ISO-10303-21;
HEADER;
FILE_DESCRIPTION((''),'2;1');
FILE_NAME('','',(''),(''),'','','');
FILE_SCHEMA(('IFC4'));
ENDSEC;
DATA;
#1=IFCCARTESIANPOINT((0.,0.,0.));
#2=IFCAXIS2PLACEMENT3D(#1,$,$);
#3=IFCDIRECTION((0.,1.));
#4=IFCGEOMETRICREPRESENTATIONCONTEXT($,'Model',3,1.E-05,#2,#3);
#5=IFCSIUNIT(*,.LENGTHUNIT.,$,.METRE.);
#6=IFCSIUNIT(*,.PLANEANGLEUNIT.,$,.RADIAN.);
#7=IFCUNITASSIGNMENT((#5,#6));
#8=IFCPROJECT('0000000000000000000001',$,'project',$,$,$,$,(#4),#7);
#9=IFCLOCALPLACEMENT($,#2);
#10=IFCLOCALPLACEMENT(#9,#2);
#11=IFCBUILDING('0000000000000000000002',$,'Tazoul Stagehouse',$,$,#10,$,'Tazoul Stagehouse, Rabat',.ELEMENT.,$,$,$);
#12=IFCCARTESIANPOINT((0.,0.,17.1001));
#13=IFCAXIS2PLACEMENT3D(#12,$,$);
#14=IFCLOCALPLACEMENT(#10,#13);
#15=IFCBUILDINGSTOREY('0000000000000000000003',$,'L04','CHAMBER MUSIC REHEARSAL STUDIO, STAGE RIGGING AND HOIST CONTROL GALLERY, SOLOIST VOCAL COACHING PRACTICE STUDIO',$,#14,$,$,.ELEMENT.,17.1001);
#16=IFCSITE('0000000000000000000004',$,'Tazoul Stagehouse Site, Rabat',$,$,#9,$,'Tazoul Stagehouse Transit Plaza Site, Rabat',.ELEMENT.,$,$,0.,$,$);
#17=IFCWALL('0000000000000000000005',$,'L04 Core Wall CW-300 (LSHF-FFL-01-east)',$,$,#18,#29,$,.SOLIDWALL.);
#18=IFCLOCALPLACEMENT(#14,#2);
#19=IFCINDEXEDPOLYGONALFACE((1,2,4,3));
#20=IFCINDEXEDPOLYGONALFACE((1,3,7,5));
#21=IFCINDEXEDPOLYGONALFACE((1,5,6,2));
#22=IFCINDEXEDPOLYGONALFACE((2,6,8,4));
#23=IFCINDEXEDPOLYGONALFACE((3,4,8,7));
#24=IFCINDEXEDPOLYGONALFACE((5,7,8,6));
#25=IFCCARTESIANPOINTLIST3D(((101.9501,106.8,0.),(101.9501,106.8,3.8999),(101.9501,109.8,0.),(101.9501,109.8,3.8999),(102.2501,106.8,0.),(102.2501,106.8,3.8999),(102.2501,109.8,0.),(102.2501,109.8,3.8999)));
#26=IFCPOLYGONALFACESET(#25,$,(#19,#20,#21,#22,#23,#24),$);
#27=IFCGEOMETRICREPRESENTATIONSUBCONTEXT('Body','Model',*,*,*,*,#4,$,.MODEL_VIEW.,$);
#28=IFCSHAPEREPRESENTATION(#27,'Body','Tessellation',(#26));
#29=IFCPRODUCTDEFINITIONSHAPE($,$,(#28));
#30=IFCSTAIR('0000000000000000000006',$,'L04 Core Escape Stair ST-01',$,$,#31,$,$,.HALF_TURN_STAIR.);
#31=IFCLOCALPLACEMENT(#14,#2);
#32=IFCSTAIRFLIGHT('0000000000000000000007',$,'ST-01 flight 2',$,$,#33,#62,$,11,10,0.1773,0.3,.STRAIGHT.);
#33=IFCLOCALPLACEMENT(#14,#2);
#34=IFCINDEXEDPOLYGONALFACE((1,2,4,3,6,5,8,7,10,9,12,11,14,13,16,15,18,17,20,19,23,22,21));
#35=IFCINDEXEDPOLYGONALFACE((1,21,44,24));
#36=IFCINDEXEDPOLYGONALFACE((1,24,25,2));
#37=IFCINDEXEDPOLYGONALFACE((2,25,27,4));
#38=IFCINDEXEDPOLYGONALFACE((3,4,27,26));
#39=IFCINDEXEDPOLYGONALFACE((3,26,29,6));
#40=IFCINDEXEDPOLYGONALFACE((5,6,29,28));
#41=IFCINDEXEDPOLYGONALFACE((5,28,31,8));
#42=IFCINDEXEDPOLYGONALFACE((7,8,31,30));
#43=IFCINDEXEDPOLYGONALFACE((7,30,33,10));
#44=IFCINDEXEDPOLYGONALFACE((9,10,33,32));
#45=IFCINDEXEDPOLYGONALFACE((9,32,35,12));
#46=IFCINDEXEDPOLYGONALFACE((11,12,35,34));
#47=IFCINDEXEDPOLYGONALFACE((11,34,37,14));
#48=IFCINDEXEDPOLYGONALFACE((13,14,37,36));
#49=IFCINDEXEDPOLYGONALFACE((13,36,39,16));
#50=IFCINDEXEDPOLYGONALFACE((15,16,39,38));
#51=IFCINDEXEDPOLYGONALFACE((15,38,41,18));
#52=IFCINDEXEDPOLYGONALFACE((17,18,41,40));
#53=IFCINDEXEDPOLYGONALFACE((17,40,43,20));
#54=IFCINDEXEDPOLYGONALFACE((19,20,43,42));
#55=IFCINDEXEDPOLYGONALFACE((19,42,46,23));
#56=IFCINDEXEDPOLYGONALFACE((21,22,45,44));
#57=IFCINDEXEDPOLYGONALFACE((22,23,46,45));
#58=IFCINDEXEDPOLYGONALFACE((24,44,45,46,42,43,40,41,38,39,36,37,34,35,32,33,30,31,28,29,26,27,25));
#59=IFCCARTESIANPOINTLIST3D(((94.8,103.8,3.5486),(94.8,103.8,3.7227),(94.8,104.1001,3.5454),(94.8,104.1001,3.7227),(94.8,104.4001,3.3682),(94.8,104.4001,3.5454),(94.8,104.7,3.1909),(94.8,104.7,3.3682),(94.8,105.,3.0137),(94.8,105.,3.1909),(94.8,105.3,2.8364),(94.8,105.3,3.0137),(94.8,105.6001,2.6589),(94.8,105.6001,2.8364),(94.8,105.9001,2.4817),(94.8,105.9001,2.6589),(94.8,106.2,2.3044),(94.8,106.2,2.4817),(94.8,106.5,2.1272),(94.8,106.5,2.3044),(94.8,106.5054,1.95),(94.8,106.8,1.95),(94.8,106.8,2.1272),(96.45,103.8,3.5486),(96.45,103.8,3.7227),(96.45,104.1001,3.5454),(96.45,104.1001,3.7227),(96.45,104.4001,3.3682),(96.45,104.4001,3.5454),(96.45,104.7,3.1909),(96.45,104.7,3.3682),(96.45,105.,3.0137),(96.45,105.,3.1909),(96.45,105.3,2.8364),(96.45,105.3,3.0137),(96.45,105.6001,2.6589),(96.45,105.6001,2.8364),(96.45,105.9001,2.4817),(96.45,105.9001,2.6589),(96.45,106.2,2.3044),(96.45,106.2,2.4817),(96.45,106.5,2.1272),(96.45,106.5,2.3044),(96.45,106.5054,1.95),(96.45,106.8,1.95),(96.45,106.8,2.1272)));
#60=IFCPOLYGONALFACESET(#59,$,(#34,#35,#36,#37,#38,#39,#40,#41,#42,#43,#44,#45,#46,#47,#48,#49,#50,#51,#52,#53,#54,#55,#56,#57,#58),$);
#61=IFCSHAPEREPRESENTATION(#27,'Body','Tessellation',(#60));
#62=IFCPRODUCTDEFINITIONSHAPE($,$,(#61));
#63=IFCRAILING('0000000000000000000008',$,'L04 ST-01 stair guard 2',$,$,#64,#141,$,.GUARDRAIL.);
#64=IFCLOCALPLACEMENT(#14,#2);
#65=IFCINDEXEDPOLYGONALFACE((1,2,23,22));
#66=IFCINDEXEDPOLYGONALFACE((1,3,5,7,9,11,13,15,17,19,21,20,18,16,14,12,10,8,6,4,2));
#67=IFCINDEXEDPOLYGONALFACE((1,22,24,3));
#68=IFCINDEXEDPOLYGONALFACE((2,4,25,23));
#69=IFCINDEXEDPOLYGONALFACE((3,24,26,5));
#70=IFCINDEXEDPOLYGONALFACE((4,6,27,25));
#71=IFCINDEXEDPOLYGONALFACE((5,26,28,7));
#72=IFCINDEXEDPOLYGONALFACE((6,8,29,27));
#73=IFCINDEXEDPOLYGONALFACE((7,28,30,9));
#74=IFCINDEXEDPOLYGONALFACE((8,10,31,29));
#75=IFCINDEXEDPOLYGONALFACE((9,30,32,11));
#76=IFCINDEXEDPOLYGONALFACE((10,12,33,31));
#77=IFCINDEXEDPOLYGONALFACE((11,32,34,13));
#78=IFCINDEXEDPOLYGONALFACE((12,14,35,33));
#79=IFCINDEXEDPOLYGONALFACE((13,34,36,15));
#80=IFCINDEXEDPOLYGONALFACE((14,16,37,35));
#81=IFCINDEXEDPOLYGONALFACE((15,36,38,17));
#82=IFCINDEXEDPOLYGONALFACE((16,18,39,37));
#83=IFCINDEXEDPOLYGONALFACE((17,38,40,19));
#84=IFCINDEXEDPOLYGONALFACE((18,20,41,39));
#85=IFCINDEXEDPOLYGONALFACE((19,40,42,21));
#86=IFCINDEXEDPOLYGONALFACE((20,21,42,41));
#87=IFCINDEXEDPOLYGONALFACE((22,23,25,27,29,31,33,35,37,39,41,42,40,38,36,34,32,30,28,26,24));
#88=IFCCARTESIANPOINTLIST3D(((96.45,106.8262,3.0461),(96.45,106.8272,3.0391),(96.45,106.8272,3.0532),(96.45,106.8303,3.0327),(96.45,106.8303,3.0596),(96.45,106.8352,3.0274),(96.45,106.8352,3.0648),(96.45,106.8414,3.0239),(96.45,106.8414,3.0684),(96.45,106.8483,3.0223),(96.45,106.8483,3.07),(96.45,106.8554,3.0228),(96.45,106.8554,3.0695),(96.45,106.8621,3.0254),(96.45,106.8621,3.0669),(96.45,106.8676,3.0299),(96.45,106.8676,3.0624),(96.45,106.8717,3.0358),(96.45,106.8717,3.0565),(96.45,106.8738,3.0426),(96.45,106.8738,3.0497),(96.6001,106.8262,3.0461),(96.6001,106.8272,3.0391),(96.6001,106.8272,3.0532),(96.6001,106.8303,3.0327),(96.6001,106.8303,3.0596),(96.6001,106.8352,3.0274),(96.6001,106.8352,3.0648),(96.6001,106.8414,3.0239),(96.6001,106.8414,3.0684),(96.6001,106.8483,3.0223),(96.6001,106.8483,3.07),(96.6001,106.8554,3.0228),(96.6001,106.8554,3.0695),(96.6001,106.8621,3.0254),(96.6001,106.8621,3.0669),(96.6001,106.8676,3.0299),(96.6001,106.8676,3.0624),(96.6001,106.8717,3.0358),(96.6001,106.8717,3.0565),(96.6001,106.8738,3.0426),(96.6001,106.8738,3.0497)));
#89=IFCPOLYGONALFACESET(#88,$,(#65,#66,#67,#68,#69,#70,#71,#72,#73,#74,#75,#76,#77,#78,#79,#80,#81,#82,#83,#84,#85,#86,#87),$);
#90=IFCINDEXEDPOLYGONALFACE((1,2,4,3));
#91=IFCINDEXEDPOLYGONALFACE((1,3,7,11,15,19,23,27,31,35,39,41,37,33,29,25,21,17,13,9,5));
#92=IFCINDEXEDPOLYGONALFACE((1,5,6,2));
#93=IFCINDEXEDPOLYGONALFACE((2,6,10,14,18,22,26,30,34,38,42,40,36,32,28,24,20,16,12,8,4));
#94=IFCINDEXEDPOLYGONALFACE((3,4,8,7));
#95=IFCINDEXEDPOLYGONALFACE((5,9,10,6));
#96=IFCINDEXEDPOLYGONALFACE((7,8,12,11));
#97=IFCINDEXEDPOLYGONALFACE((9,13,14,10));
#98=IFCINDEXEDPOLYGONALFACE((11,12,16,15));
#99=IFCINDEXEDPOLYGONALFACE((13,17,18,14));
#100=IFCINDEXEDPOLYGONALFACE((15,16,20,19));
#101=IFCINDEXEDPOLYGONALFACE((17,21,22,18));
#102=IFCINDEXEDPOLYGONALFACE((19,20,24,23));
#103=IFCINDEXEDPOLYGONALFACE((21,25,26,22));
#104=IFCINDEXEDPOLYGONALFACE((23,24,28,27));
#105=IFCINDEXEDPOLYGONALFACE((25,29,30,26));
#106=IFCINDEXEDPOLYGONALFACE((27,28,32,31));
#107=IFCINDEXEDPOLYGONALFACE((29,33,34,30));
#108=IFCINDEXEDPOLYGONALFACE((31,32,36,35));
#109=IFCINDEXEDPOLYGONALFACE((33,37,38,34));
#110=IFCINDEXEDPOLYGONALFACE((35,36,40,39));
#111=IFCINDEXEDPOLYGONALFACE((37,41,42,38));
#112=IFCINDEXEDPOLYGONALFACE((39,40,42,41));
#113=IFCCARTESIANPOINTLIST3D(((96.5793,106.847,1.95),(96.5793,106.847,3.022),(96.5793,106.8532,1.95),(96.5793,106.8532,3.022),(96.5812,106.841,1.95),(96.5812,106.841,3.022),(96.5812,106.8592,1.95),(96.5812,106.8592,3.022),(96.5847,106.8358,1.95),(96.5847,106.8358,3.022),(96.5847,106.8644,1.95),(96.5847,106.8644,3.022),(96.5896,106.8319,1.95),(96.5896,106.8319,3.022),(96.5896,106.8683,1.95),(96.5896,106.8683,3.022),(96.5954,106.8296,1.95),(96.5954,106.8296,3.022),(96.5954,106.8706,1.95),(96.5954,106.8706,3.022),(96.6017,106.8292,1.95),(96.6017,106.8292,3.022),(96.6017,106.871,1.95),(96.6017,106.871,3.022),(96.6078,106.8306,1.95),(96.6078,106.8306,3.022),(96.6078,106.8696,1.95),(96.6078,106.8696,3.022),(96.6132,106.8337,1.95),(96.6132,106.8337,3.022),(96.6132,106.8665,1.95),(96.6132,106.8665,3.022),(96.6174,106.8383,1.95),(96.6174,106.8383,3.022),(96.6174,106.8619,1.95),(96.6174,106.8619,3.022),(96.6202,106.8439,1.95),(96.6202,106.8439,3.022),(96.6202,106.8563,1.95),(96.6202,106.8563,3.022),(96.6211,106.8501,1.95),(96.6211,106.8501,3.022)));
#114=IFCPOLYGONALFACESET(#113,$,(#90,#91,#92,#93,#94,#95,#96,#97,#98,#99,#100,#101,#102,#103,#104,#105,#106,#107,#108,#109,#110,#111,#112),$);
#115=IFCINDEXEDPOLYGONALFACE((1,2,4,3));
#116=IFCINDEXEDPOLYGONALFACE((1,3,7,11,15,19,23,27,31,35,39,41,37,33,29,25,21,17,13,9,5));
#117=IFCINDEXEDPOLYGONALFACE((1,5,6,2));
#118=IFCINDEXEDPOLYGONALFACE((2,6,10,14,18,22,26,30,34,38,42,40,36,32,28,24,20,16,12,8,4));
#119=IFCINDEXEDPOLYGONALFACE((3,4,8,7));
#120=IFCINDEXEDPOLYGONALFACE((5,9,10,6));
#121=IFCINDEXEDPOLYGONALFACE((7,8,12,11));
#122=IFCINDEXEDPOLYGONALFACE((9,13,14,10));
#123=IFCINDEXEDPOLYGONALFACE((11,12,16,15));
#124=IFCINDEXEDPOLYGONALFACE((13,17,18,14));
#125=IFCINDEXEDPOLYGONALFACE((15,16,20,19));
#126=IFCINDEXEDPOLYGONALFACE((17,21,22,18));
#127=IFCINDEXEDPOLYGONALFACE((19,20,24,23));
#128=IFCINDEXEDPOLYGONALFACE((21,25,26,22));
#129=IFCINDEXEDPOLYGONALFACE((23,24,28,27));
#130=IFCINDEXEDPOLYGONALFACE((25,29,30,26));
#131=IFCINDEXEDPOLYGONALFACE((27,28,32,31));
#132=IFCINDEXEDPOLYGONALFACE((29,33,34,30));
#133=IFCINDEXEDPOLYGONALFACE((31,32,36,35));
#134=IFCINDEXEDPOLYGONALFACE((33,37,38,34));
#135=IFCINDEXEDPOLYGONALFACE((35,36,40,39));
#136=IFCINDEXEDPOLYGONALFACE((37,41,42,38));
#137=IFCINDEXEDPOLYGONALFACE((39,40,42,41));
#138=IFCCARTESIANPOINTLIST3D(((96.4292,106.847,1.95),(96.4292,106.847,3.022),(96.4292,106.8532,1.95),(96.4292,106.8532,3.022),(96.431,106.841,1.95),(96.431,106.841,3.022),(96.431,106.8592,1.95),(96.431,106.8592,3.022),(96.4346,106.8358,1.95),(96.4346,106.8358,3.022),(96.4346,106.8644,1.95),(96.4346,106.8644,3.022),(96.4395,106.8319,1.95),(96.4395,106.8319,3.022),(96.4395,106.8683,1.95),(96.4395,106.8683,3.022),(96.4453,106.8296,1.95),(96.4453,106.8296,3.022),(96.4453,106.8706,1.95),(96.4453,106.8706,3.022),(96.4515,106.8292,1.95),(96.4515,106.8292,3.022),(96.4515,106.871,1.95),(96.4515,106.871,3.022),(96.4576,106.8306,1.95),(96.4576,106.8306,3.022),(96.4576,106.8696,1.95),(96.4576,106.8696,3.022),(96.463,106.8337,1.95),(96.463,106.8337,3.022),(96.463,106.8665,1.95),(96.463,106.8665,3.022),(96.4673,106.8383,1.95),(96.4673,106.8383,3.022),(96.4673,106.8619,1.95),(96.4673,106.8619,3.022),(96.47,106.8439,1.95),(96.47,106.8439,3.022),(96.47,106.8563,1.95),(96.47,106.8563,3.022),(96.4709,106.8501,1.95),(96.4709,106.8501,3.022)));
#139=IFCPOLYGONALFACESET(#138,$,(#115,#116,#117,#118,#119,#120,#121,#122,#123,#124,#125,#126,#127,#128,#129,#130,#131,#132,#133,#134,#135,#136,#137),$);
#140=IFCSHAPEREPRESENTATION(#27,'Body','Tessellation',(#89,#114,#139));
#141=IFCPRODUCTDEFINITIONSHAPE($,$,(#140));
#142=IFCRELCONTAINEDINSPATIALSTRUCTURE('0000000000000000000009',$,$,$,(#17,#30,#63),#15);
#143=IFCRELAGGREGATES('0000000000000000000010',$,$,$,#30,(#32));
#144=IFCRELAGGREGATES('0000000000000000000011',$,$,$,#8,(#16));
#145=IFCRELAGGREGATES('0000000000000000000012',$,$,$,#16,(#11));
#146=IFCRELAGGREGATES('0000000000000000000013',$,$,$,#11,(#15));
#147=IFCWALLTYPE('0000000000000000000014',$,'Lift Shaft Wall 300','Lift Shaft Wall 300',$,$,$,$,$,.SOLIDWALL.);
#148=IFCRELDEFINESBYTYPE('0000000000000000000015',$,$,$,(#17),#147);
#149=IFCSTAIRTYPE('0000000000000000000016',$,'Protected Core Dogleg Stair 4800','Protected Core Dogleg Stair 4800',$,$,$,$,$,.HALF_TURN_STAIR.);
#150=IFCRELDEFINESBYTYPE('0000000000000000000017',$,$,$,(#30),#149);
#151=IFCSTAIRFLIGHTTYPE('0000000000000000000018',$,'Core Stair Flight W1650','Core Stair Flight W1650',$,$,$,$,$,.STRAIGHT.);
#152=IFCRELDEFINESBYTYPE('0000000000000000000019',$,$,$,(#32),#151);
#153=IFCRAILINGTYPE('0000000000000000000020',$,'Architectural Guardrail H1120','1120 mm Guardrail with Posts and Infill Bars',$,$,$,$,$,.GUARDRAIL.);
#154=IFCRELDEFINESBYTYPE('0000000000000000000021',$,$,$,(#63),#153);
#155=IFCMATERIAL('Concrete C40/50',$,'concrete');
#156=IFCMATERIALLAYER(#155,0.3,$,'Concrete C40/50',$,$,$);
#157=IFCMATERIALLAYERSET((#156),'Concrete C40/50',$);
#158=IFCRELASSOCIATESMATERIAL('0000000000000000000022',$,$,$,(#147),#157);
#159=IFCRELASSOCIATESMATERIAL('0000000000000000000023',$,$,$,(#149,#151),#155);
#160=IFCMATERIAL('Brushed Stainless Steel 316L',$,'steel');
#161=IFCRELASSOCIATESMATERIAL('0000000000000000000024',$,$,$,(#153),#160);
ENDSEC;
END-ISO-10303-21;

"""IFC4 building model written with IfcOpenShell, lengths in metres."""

from ifc_helpers import new_model, si_unit, direction, frame, frame_2d, origin, origin_2d, place, context, subcontext, project, spatial, polyline, rectangle, circle, outline, extrude, material, layer, layer_set, material_profile, profile_set, type_object, element, aggregate, save


model = new_model("IFC4")

# Units and contexts
model_context = context("Model", 3, precision=1e-05, world=origin(), true_north=direction((0.0, 1.0)))
body_context = subcontext(model_context, "Body", "Model", "MODEL_VIEW")
ifc_project = project(units=[si_unit("LENGTHUNIT", "METRE"), si_unit("PLANEANGLEUNIT", "RADIAN")], contexts=[model_context])

# Site, building, storey
site_placement = place(None, origin())
site = spatial("IfcSite", under=ifc_project, at=site_placement, Name="Tazoul Stagehouse Site, Rabat", LongName="Tazoul Stagehouse Transit Plaza Site, Rabat", CompositionType="ELEMENT", RefElevation=0.0)
building_placement = place(site_placement, origin())
building = spatial("IfcBuilding", under=site, at=building_placement, Name="Tazoul Stagehouse", LongName="Tazoul Stagehouse, Rabat", CompositionType="ELEMENT")
storey_placement = place(building_placement, frame((0.0, 0.0, 17.1001)))
storey = spatial("IfcBuildingStorey", under=building, at=storey_placement, Name="L04", Description="CHAMBER MUSIC REHEARSAL STUDIO, STAGE RIGGING AND HOIST CONTROL GALLERY, SOLOIST VOCAL COACHING PRACTICE STUDIO", CompositionType="ELEMENT", Elevation=17.1001)

# Shared definitions
ifc_material_1 = material(Name="Concrete C40/50", Category="concrete")

# Shared definitions
ifc_layer_1 = layer(ifc_material_1, 0.3, Name="Concrete C40/50")
ifc_layer_set_1 = layer_set([ifc_layer_1], Name="Concrete C40/50")
wall_type_1 = type_object("IfcWallType", Name="Lift Shaft Wall 300", Description="Lift Shaft Wall 300", PredefinedType="SOLIDWALL", material=ifc_layer_set_1)

# Wall
wall_1_placement = place(storey_placement, frame((102.1001, 109.8, 0.0), z_axis=(0.0, 0.0, 1.0), x_axis=(0.0, -1.0, 0.0)))
element("IfcWall", 1, at=wall_1_placement, inside=storey, type_object=wall_type_1, Name="L04 Core Wall CW-300 (LSHF-FFL-01-east)", PredefinedType="SOLIDWALL", context=body_context, shape_type="SweptSolid", body=[
    extrude(rectangle(XDim=3.0, YDim=0.3, at=frame_2d((1.5, 0.0))), origin(), (0.0, 0.0, 1.0), 3.8999),
])

# Stair, stair flight
stair_type = type_object("IfcStairType", Name="Protected Core Dogleg Stair 4800", Description="Protected Core Dogleg Stair 4800", PredefinedType="HALF_TURN_STAIR", material=ifc_material_1)
stair_placement = place(storey_placement, origin())
stair = element("IfcStair", 2, at=stair_placement, inside=storey, type_object=stair_type, Name="L04 Core Escape Stair ST-01", PredefinedType="HALF_TURN_STAIR")
stair_flight_type = type_object("IfcStairFlightType", Name="Core Stair Flight W1650", Description="Core Stair Flight W1650", PredefinedType="STRAIGHT", material=ifc_material_1)
stair_flight_placement = place(storey_placement, frame((95.625, 106.8, 1.95), z_axis=(0.0, 0.0, 1.0), x_axis=(0.0, -1.0, 0.0)))
stair_flight = element("IfcStairFlight", 3, at=stair_flight_placement, type_object=stair_flight_type, Name="ST-01 flight 2", NumberOfRisers=11, NumberOfTreads=10, PredefinedType="STRAIGHT", RiserHeight=0.1773, TreadLength=0.3, context=body_context, shape_type="SweptSolid", body=[
    extrude(outline(polyline([(0.0, 0.0), (0.0, 0.1772), (0.3, 0.1772), (0.3, 0.3545), (0.6001, 0.3545), (0.6001, 0.5317), (0.8999, 0.5317), (0.8999, 0.709), (1.2, 0.709), (1.2, 0.8865), (1.5, 0.8865), (1.5, 1.0637), (1.8, 1.0637), (1.8, 1.241), (2.1001, 1.241), (2.1001, 1.4182), (2.3999, 1.4182), (2.3999, 1.5955), (2.7, 1.5955), (2.7, 1.7727), (3.0, 1.7727), (3.0, 1.95), (3.0, 1.5986), (0.2947, 0.0), (0.0, 0.0)])), frame((0.0, 0.825, 0.0), z_axis=(0.0, -1.0, 0.0), x_axis=(1.0, 0.0, 0.0)), (0.0, 0.0, 1.0), 1.6499),
])
aggregate(stair, [stair_flight])

# Railing
ifc_material_2 = material(Name="Brushed Stainless Steel 316L", Category="steel")
ifc_material_profile_1 = material_profile(ifc_material_2, circle(Radius=0.0239, at=origin_2d()), Name="SS RAIL D48")
ifc_profile_set_1 = profile_set([ifc_material_profile_1], Name="Brushed Stainless Steel 316L")
railing_type_1 = type_object("IfcRailingType", Name="Architectural Guardrail H1120", Description="1120 mm Guardrail with Posts and Infill Bars", PredefinedType="GUARDRAIL", material=ifc_profile_set_1)
railing_1_placement = place(storey_placement, frame((96.6001, 106.8501, 1.95)))
element("IfcRailing", 4, at=railing_1_placement, inside=storey, type_object=railing_type_1, Name="L04 ST-01 stair guard 2", PredefinedType="GUARDRAIL", context=body_context, shape_type="SweptSolid", body=[
    extrude(circle(Radius=0.0239, at=origin_2d()), frame((0.0, 0.0, 1.0962), z_axis=(-1.0, 0.0, 0.0), x_axis=(0.0, -1.0, 0.0)), (0.0, 0.0, 1.0), 0.1501),
    extrude(circle(Radius=0.021, at=origin_2d()), origin(), (0.0, 0.0, 1.0), 1.072),
    extrude(circle(Radius=0.021, at=origin_2d()), frame((-0.1501, 0.0, 0.0)), (0.0, 0.0, 1.0), 1.072),
])

save(model, "model.ifc")
